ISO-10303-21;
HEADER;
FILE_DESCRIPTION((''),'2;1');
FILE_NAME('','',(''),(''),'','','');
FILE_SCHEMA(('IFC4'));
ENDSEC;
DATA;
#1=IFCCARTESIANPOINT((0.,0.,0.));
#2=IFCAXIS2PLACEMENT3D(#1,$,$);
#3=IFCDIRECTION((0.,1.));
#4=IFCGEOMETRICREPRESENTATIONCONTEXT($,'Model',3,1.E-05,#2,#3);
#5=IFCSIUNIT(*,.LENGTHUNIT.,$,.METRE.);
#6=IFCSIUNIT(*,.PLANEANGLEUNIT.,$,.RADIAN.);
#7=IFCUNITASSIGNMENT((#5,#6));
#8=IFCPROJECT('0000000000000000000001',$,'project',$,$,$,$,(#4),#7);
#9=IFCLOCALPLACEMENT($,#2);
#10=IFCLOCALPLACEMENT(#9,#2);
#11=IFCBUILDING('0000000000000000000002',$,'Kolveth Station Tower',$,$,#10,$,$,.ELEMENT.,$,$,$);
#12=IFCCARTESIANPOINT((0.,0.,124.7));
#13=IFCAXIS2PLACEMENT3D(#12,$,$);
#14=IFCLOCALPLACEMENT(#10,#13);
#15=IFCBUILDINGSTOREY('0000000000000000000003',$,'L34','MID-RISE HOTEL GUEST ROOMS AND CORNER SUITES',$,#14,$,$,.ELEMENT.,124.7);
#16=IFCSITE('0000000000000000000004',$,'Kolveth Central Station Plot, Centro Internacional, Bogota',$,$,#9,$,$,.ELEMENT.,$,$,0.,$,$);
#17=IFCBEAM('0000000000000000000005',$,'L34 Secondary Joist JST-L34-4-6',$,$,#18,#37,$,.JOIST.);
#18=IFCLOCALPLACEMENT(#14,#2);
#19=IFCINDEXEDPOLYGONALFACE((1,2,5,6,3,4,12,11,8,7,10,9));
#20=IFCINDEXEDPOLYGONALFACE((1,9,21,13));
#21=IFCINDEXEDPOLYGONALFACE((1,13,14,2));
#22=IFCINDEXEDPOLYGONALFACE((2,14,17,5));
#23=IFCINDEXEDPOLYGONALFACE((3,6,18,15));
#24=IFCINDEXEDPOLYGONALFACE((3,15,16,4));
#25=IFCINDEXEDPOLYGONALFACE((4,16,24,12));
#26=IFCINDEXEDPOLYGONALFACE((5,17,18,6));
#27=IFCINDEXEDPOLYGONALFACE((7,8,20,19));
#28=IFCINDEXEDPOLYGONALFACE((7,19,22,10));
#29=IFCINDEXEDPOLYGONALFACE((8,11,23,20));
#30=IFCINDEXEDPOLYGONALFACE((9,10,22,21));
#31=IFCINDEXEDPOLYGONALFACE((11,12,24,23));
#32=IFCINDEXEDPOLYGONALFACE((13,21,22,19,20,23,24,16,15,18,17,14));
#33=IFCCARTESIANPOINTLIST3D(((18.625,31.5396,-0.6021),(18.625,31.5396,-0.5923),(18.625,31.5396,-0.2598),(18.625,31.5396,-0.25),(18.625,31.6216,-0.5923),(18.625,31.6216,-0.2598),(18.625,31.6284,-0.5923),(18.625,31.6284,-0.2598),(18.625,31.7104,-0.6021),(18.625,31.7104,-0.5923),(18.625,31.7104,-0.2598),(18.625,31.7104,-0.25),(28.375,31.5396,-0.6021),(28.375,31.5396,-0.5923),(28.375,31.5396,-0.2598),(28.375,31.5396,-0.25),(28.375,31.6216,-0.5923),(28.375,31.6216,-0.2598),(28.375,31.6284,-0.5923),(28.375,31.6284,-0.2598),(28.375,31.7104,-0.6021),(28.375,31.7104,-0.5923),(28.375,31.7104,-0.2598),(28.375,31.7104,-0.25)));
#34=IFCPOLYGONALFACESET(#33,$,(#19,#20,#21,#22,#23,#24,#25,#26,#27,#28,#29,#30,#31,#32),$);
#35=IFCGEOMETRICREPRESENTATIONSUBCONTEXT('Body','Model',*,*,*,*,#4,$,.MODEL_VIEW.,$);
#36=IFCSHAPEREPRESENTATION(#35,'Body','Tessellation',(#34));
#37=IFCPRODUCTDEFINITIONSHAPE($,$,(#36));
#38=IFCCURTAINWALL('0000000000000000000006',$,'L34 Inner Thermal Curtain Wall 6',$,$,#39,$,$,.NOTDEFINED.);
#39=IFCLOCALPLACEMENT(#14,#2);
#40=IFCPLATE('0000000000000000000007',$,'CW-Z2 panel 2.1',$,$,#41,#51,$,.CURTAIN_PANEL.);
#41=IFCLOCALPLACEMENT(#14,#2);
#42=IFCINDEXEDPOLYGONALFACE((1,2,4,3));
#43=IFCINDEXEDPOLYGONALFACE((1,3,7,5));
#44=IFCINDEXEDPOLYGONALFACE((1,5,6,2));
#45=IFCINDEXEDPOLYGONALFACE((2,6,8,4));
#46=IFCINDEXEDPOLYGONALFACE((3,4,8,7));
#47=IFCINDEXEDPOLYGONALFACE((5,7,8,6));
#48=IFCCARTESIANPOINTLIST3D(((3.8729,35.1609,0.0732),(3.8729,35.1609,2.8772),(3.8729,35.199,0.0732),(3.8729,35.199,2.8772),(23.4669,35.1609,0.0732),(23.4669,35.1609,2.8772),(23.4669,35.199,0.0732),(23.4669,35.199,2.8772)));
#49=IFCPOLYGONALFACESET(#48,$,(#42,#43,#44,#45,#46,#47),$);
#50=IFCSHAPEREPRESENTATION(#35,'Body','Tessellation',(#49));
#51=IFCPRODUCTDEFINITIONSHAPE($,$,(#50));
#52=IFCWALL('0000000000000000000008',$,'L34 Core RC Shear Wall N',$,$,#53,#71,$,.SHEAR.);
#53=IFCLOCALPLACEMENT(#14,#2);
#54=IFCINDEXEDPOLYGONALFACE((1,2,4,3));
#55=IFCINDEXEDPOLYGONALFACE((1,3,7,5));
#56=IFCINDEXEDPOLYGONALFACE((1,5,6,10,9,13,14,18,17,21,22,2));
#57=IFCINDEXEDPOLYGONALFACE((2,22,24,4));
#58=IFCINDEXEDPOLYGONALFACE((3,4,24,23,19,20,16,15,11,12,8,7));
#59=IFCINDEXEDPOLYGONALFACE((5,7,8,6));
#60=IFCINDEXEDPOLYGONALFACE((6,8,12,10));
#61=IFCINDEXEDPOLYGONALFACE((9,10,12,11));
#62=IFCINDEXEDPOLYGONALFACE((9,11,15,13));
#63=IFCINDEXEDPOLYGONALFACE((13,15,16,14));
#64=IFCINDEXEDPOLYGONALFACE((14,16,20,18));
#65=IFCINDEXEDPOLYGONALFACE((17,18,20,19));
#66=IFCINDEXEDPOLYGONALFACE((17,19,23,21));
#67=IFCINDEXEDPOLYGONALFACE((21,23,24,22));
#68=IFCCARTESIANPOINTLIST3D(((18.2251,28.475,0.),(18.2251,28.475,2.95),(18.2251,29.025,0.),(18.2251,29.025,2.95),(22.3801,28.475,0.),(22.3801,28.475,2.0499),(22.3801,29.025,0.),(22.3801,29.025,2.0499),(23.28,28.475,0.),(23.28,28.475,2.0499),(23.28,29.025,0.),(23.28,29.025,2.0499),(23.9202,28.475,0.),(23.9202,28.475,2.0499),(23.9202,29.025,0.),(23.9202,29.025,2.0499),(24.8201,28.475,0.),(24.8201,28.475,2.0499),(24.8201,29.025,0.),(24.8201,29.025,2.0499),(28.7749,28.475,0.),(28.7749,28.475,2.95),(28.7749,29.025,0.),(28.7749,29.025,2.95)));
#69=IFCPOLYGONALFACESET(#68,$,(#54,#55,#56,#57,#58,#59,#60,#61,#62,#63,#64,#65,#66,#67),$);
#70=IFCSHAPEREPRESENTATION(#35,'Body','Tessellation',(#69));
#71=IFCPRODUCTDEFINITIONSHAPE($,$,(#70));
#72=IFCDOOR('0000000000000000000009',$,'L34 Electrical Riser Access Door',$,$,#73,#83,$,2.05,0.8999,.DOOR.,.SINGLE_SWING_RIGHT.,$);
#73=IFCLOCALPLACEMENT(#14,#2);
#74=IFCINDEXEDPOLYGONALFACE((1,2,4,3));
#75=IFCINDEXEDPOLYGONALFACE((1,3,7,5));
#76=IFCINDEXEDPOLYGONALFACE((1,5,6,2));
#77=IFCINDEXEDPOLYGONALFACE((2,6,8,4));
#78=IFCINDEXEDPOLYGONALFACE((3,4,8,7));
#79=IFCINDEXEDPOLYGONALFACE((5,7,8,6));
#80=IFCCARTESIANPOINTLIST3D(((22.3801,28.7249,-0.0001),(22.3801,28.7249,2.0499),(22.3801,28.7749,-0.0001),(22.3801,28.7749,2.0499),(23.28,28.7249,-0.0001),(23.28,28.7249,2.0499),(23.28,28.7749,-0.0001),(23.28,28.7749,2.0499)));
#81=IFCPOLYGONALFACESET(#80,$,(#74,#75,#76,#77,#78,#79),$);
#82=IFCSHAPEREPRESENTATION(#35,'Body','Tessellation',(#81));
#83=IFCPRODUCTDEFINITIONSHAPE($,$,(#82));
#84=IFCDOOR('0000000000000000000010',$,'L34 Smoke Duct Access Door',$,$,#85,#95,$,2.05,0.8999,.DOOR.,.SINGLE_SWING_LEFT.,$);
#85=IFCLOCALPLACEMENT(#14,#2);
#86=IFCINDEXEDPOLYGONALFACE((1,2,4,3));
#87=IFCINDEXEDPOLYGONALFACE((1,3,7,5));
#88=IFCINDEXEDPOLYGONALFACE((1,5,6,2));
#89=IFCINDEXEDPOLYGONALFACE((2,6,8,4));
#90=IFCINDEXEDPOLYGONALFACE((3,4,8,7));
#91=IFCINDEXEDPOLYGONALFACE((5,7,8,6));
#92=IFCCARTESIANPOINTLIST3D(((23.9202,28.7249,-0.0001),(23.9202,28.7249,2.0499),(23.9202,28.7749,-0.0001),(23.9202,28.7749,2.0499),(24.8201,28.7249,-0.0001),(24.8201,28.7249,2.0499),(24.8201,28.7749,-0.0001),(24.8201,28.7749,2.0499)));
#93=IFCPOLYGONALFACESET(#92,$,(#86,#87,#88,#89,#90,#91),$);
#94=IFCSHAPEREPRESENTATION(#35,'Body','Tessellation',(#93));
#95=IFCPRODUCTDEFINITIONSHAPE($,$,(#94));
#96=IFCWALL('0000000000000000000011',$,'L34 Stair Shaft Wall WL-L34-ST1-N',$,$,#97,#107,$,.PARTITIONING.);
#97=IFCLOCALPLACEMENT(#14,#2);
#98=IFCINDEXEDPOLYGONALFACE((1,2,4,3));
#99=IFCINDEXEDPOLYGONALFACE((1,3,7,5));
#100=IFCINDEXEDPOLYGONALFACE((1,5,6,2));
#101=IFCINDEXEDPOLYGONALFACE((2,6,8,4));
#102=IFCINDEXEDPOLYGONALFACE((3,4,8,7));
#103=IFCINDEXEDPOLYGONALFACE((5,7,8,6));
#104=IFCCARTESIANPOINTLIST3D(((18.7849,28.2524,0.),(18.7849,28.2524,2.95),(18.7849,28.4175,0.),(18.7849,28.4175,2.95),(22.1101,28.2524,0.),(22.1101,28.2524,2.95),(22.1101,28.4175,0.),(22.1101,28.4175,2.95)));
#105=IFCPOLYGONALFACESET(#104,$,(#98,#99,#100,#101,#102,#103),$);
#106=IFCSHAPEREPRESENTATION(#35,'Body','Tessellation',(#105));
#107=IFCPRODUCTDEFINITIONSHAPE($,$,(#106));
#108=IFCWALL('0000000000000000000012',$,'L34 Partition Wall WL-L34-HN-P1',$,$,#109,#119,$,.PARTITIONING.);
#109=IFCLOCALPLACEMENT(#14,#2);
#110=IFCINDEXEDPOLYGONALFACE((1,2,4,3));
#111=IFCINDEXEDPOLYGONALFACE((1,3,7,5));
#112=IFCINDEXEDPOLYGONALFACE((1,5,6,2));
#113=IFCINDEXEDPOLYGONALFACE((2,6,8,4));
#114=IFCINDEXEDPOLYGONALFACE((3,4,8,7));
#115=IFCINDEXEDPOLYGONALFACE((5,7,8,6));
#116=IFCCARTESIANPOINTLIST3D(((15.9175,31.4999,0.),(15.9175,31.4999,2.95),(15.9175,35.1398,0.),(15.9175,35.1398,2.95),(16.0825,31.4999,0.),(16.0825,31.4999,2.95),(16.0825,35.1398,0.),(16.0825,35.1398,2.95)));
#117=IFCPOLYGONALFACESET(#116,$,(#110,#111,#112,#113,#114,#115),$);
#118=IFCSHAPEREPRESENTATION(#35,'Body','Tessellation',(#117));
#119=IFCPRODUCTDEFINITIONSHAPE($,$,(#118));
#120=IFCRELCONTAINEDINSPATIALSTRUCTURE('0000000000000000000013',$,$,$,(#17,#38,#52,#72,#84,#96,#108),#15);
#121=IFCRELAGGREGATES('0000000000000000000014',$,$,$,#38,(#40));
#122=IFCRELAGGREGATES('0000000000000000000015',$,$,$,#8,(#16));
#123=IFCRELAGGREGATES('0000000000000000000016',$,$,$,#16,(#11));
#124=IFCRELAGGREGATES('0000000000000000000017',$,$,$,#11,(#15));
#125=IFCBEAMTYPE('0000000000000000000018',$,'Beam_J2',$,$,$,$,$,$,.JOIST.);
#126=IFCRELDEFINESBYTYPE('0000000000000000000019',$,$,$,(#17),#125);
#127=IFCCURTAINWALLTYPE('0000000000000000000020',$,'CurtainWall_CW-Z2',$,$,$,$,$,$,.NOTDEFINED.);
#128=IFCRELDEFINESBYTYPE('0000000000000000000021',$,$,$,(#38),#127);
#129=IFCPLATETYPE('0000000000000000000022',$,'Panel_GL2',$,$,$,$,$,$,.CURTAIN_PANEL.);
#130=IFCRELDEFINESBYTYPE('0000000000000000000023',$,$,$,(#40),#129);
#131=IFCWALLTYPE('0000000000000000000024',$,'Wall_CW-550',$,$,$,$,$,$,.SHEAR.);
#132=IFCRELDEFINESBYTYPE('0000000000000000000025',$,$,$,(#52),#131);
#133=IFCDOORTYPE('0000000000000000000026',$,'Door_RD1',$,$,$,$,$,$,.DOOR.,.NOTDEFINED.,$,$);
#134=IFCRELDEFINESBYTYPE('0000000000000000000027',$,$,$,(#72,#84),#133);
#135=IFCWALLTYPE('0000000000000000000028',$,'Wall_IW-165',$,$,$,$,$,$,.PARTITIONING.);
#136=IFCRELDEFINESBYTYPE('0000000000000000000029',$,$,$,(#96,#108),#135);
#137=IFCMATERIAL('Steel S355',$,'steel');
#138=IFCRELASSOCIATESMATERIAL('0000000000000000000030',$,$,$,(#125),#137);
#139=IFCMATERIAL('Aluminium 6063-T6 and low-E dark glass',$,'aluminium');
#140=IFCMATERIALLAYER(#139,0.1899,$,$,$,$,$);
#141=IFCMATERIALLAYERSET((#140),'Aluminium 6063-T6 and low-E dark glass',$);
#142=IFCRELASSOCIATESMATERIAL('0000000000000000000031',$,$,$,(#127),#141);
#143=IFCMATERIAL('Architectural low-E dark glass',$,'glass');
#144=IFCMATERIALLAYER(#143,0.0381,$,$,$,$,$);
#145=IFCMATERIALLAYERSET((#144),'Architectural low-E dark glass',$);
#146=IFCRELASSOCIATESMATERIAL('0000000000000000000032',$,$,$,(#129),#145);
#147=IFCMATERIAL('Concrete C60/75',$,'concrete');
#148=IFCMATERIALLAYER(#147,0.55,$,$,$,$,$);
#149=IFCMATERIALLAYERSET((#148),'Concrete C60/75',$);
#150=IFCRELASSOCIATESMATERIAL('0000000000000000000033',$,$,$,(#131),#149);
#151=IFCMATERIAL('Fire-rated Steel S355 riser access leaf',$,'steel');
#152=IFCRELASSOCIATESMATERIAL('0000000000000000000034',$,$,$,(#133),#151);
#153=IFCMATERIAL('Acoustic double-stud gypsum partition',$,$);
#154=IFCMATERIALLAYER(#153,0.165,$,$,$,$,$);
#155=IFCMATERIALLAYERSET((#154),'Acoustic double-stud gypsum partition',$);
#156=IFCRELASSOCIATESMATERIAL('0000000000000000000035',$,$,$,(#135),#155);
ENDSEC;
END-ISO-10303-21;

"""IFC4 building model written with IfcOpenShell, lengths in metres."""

from ifc_helpers import new_model, si_unit, direction, frame, frame_2d, origin, origin_2d, place, context, subcontext, project, spatial, rectangle, i_section, extrude, source, transform, mapped, material, layer, layer_set, material_profile, profile_set, type_object, element, fill, aggregate, save


model = new_model("IFC4")

# Units and contexts
model_context = context("Model", 3, precision=1e-05, world=origin(), true_north=direction((0.0, 1.0)))
body_context = subcontext(model_context, "Body", "Model", "MODEL_VIEW")
ifc_project = project(units=[si_unit("LENGTHUNIT", "METRE"), si_unit("PLANEANGLEUNIT", "RADIAN")], contexts=[model_context])

# Site, building, storey
site_placement = place(None, origin())
site = spatial("IfcSite", under=ifc_project, at=site_placement, Name="Kolveth Central Station Plot, Centro Internacional, Bogota", CompositionType="ELEMENT", RefElevation=0.0)
building_placement = place(site_placement, origin())
building = spatial("IfcBuilding", under=site, at=building_placement, Name="Kolveth Station Tower", CompositionType="ELEMENT")
storey_placement = place(building_placement, frame((0.0, 0.0, 124.7)))
storey = spatial("IfcBuildingStorey", under=building, at=storey_placement, Name="L34", Description="MID-RISE HOTEL GUEST ROOMS AND CORNER SUITES", CompositionType="ELEMENT", Elevation=124.7)

# Shared definitions
ifc_material_1 = material(Name="Steel S355", Category="steel")

# Beam
ifc_material_profile_1 = material_profile(ifc_material_1, i_section(OverallWidth=0.1709, OverallDepth=0.3521, WebThickness=0.0068, FlangeThickness=0.0098, at=origin_2d()), Name="W360x44")
ifc_profile_set_1 = profile_set([ifc_material_profile_1], Name="Steel S355")
beam_type_1 = type_object("IfcBeamType", Name="Beam_J2", PredefinedType="JOIST", material=ifc_profile_set_1)
shared_shape_1 = source(origin(), body_context, "Body", "SweptSolid", [
    extrude(i_section(OverallWidth=0.1709, OverallDepth=0.3521, WebThickness=0.0068, FlangeThickness=0.0098, at=origin_2d()), origin(), (0.0, 0.0, 1.0), 9.75),
])
beam_1_placement = place(storey_placement, frame((18.625, 31.625, -0.426), z_axis=(1.0, 0.0, 0.0), x_axis=(0.0, 1.0, 0.0)))
element("IfcBeam", 1, at=beam_1_placement, inside=storey, type_object=beam_type_1, Name="L34 Secondary Joist JST-L34-4-6", PredefinedType="JOIST", context=body_context, shape_type="MappedRepresentation", body=[
    mapped(shared_shape_1, transform((0.0, 0.0, 0.0), x_axis=(1.0, 0.0, 0.0), y_axis=(0.0, 1.0, 0.0), z_axis=(0.0, 0.0, 1.0), scale=1.0)),
])

# Curtain wall, plate
ifc_material_2 = material(Name="Aluminium 6063-T6 and low-E dark glass", Category="aluminium")
ifc_layer_1 = layer(ifc_material_2, 0.1899)
ifc_layer_set_1 = layer_set([ifc_layer_1], Name="Aluminium 6063-T6 and low-E dark glass")
curtain_wall_type = type_object("IfcCurtainWallType", Name="CurtainWall_CW-Z2", PredefinedType="NOTDEFINED", material=ifc_layer_set_1)
curtain_wall_placement = place(storey_placement, origin())
curtain_wall = element("IfcCurtainWall", 2, at=curtain_wall_placement, inside=storey, type_object=curtain_wall_type, Name="L34 Inner Thermal Curtain Wall 6", PredefinedType="NOTDEFINED")
ifc_material_3 = material(Name="Architectural low-E dark glass", Category="glass")
ifc_layer_2 = layer(ifc_material_3, 0.0381)
ifc_layer_set_2 = layer_set([ifc_layer_2], Name="Architectural low-E dark glass")
plate_type = type_object("IfcPlateType", Name="Panel_GL2", PredefinedType="CURTAIN_PANEL", material=ifc_layer_set_2)
shared_shape_2 = source(origin(), body_context, "Body", "SweptSolid", [
    extrude(rectangle(XDim=19.594, YDim=0.0381, at=origin_2d()), origin(), (0.0, 0.0, 1.0), 2.804),
])
plate_placement = place(storey_placement, frame((13.6699, 35.1799, 0.0732), z_axis=(0.0, 0.0, 1.0), x_axis=(-1.0, 0.0, 0.0)))
plate = element("IfcPlate", 3, at=plate_placement, type_object=plate_type, Name="CW-Z2 panel 2.1", PredefinedType="CURTAIN_PANEL", context=body_context, shape_type="MappedRepresentation", body=[
    mapped(shared_shape_2, transform((0.0, 0.0, 0.0), x_axis=(1.0, 0.0, 0.0), y_axis=(0.0, 1.0, 0.0), z_axis=(0.0, 0.0, 1.0), scale=1.0)),
])
aggregate(curtain_wall, [plate])

# Wall, openings, doors
ifc_material_4 = material(Name="Concrete C60/75", Category="concrete")
ifc_layer_3 = layer(ifc_material_4, 0.55)
ifc_layer_set_3 = layer_set([ifc_layer_3], Name="Concrete C60/75")
wall_type_1 = type_object("IfcWallType", Name="Wall_CW-550", PredefinedType="SHEAR", material=ifc_layer_set_3)
wall_1_placement = place(storey_placement, frame((18.2251, 28.75, 0.0), z_axis=(0.0, 0.0, 1.0), x_axis=(1.0, 0.0, 0.0)))
wall_1 = element("IfcWall", 4, at=wall_1_placement, inside=storey, type_object=wall_type_1, Name="L34 Core RC Shear Wall N", PredefinedType="SHEAR", context=body_context, shape_type="SweptSolid", body=[
    extrude(rectangle(XDim=10.5498, YDim=0.55, at=frame_2d((5.2749, 0.0))), origin(), (0.0, 0.0, 1.0), 2.95),
])
opening_1_placement = place(wall_1_placement, frame((4.155, 0.0, 0.0)))
opening_1 = element("IfcOpeningElement", 5, at=opening_1_placement, cuts=wall_1, PredefinedType="OPENING", context=body_context, shape_type="SweptSolid", body=[
    extrude(rectangle(XDim=0.8999, YDim=2.05, at=frame_2d((0.45, 1.0249))), frame((0.0, 0.2849, 0.0), z_axis=(0.0, -1.0, 0.0), x_axis=(1.0, 0.0, 0.0)), (0.0, 0.0, 1.0), 0.5701),
])
opening_2_placement = place(wall_1_placement, frame((5.6951, 0.0, 0.0)))
opening_2 = element("IfcOpeningElement", 6, at=opening_2_placement, cuts=wall_1, PredefinedType="OPENING", context=body_context, shape_type="SweptSolid", body=[
    extrude(rectangle(XDim=0.8999, YDim=2.05, at=frame_2d((0.45, 1.0249))), frame((0.0, 0.2849, 0.0), z_axis=(0.0, -1.0, 0.0), x_axis=(1.0, 0.0, 0.0)), (0.0, 0.0, 1.0), 0.5701),
])
ifc_material_5 = material(Name="Fire-rated Steel S355 riser access leaf", Category="steel")
door_type = type_object("IfcDoorType", Name="Door_RD1", OperationType="NOTDEFINED", PredefinedType="DOOR", material=ifc_material_5)
door_1_placement = place(opening_1_placement, origin())
door_1 = element("IfcDoor", 7, at=door_1_placement, inside=storey, type_object=door_type, Name="L34 Electrical Riser Access Door", OperationType="SINGLE_SWING_RIGHT", OverallHeight=2.05, OverallWidth=0.8999, PredefinedType="DOOR", context=body_context, shape_type="SweptSolid", body=[
    extrude(rectangle(XDim=0.8999, YDim=2.05, at=frame_2d((0.45, 1.0249))), frame((0.0, 0.0249, 0.0), z_axis=(0.0, -1.0, 0.0), x_axis=(1.0, 0.0, 0.0)), (0.0, 0.0, 1.0), 0.05),
])
fill(opening_1, door_1)
door_2_placement = place(opening_2_placement, origin())
door_2 = element("IfcDoor", 8, at=door_2_placement, inside=storey, type_object=door_type, Name="L34 Smoke Duct Access Door", OperationType="SINGLE_SWING_LEFT", OverallHeight=2.05, OverallWidth=0.8999, PredefinedType="DOOR", context=body_context, shape_type="SweptSolid", body=[
    extrude(rectangle(XDim=0.8999, YDim=2.05, at=frame_2d((0.45, 1.0249))), frame((0.0, 0.0249, 0.0), z_axis=(0.0, -1.0, 0.0), x_axis=(1.0, 0.0, 0.0)), (0.0, 0.0, 1.0), 0.05),
])
fill(opening_2, door_2)

# Walls
ifc_material_6 = material(Name="Acoustic double-stud gypsum partition")
ifc_layer_4 = layer(ifc_material_6, 0.165)
ifc_layer_set_4 = layer_set([ifc_layer_4], Name="Acoustic double-stud gypsum partition")
wall_type_2 = type_object("IfcWallType", Name="Wall_IW-165", PredefinedType="PARTITIONING", material=ifc_layer_set_4)
wall_2_placement = place(storey_placement, frame((18.7849, 28.335, 0.0), z_axis=(0.0, 0.0, 1.0), x_axis=(1.0, 0.0, 0.0)))
element("IfcWall", 9, at=wall_2_placement, inside=storey, type_object=wall_type_2, Name="L34 Stair Shaft Wall WL-L34-ST1-N", PredefinedType="PARTITIONING", context=body_context, shape_type="SweptSolid", body=[
    extrude(rectangle(XDim=3.3252, YDim=0.165, at=frame_2d((1.6626, 0.0))), origin(), (0.0, 0.0, 1.0), 2.95),
])
wall_3_placement = place(storey_placement, frame((16.0, 31.5, 0.0), z_axis=(0.0, 0.0, 1.0), x_axis=(0.0, 1.0, 0.0)))
element("IfcWall", 10, at=wall_3_placement, inside=storey, type_object=wall_type_2, Name="L34 Partition Wall WL-L34-HN-P1", PredefinedType="PARTITIONING", context=body_context, shape_type="SweptSolid", body=[
    extrude(rectangle(XDim=3.6399, YDim=0.165, at=frame_2d((1.8198, 0.0))), origin(), (0.0, 0.0, 1.0), 2.95),
])

save(model, "model.ifc")
